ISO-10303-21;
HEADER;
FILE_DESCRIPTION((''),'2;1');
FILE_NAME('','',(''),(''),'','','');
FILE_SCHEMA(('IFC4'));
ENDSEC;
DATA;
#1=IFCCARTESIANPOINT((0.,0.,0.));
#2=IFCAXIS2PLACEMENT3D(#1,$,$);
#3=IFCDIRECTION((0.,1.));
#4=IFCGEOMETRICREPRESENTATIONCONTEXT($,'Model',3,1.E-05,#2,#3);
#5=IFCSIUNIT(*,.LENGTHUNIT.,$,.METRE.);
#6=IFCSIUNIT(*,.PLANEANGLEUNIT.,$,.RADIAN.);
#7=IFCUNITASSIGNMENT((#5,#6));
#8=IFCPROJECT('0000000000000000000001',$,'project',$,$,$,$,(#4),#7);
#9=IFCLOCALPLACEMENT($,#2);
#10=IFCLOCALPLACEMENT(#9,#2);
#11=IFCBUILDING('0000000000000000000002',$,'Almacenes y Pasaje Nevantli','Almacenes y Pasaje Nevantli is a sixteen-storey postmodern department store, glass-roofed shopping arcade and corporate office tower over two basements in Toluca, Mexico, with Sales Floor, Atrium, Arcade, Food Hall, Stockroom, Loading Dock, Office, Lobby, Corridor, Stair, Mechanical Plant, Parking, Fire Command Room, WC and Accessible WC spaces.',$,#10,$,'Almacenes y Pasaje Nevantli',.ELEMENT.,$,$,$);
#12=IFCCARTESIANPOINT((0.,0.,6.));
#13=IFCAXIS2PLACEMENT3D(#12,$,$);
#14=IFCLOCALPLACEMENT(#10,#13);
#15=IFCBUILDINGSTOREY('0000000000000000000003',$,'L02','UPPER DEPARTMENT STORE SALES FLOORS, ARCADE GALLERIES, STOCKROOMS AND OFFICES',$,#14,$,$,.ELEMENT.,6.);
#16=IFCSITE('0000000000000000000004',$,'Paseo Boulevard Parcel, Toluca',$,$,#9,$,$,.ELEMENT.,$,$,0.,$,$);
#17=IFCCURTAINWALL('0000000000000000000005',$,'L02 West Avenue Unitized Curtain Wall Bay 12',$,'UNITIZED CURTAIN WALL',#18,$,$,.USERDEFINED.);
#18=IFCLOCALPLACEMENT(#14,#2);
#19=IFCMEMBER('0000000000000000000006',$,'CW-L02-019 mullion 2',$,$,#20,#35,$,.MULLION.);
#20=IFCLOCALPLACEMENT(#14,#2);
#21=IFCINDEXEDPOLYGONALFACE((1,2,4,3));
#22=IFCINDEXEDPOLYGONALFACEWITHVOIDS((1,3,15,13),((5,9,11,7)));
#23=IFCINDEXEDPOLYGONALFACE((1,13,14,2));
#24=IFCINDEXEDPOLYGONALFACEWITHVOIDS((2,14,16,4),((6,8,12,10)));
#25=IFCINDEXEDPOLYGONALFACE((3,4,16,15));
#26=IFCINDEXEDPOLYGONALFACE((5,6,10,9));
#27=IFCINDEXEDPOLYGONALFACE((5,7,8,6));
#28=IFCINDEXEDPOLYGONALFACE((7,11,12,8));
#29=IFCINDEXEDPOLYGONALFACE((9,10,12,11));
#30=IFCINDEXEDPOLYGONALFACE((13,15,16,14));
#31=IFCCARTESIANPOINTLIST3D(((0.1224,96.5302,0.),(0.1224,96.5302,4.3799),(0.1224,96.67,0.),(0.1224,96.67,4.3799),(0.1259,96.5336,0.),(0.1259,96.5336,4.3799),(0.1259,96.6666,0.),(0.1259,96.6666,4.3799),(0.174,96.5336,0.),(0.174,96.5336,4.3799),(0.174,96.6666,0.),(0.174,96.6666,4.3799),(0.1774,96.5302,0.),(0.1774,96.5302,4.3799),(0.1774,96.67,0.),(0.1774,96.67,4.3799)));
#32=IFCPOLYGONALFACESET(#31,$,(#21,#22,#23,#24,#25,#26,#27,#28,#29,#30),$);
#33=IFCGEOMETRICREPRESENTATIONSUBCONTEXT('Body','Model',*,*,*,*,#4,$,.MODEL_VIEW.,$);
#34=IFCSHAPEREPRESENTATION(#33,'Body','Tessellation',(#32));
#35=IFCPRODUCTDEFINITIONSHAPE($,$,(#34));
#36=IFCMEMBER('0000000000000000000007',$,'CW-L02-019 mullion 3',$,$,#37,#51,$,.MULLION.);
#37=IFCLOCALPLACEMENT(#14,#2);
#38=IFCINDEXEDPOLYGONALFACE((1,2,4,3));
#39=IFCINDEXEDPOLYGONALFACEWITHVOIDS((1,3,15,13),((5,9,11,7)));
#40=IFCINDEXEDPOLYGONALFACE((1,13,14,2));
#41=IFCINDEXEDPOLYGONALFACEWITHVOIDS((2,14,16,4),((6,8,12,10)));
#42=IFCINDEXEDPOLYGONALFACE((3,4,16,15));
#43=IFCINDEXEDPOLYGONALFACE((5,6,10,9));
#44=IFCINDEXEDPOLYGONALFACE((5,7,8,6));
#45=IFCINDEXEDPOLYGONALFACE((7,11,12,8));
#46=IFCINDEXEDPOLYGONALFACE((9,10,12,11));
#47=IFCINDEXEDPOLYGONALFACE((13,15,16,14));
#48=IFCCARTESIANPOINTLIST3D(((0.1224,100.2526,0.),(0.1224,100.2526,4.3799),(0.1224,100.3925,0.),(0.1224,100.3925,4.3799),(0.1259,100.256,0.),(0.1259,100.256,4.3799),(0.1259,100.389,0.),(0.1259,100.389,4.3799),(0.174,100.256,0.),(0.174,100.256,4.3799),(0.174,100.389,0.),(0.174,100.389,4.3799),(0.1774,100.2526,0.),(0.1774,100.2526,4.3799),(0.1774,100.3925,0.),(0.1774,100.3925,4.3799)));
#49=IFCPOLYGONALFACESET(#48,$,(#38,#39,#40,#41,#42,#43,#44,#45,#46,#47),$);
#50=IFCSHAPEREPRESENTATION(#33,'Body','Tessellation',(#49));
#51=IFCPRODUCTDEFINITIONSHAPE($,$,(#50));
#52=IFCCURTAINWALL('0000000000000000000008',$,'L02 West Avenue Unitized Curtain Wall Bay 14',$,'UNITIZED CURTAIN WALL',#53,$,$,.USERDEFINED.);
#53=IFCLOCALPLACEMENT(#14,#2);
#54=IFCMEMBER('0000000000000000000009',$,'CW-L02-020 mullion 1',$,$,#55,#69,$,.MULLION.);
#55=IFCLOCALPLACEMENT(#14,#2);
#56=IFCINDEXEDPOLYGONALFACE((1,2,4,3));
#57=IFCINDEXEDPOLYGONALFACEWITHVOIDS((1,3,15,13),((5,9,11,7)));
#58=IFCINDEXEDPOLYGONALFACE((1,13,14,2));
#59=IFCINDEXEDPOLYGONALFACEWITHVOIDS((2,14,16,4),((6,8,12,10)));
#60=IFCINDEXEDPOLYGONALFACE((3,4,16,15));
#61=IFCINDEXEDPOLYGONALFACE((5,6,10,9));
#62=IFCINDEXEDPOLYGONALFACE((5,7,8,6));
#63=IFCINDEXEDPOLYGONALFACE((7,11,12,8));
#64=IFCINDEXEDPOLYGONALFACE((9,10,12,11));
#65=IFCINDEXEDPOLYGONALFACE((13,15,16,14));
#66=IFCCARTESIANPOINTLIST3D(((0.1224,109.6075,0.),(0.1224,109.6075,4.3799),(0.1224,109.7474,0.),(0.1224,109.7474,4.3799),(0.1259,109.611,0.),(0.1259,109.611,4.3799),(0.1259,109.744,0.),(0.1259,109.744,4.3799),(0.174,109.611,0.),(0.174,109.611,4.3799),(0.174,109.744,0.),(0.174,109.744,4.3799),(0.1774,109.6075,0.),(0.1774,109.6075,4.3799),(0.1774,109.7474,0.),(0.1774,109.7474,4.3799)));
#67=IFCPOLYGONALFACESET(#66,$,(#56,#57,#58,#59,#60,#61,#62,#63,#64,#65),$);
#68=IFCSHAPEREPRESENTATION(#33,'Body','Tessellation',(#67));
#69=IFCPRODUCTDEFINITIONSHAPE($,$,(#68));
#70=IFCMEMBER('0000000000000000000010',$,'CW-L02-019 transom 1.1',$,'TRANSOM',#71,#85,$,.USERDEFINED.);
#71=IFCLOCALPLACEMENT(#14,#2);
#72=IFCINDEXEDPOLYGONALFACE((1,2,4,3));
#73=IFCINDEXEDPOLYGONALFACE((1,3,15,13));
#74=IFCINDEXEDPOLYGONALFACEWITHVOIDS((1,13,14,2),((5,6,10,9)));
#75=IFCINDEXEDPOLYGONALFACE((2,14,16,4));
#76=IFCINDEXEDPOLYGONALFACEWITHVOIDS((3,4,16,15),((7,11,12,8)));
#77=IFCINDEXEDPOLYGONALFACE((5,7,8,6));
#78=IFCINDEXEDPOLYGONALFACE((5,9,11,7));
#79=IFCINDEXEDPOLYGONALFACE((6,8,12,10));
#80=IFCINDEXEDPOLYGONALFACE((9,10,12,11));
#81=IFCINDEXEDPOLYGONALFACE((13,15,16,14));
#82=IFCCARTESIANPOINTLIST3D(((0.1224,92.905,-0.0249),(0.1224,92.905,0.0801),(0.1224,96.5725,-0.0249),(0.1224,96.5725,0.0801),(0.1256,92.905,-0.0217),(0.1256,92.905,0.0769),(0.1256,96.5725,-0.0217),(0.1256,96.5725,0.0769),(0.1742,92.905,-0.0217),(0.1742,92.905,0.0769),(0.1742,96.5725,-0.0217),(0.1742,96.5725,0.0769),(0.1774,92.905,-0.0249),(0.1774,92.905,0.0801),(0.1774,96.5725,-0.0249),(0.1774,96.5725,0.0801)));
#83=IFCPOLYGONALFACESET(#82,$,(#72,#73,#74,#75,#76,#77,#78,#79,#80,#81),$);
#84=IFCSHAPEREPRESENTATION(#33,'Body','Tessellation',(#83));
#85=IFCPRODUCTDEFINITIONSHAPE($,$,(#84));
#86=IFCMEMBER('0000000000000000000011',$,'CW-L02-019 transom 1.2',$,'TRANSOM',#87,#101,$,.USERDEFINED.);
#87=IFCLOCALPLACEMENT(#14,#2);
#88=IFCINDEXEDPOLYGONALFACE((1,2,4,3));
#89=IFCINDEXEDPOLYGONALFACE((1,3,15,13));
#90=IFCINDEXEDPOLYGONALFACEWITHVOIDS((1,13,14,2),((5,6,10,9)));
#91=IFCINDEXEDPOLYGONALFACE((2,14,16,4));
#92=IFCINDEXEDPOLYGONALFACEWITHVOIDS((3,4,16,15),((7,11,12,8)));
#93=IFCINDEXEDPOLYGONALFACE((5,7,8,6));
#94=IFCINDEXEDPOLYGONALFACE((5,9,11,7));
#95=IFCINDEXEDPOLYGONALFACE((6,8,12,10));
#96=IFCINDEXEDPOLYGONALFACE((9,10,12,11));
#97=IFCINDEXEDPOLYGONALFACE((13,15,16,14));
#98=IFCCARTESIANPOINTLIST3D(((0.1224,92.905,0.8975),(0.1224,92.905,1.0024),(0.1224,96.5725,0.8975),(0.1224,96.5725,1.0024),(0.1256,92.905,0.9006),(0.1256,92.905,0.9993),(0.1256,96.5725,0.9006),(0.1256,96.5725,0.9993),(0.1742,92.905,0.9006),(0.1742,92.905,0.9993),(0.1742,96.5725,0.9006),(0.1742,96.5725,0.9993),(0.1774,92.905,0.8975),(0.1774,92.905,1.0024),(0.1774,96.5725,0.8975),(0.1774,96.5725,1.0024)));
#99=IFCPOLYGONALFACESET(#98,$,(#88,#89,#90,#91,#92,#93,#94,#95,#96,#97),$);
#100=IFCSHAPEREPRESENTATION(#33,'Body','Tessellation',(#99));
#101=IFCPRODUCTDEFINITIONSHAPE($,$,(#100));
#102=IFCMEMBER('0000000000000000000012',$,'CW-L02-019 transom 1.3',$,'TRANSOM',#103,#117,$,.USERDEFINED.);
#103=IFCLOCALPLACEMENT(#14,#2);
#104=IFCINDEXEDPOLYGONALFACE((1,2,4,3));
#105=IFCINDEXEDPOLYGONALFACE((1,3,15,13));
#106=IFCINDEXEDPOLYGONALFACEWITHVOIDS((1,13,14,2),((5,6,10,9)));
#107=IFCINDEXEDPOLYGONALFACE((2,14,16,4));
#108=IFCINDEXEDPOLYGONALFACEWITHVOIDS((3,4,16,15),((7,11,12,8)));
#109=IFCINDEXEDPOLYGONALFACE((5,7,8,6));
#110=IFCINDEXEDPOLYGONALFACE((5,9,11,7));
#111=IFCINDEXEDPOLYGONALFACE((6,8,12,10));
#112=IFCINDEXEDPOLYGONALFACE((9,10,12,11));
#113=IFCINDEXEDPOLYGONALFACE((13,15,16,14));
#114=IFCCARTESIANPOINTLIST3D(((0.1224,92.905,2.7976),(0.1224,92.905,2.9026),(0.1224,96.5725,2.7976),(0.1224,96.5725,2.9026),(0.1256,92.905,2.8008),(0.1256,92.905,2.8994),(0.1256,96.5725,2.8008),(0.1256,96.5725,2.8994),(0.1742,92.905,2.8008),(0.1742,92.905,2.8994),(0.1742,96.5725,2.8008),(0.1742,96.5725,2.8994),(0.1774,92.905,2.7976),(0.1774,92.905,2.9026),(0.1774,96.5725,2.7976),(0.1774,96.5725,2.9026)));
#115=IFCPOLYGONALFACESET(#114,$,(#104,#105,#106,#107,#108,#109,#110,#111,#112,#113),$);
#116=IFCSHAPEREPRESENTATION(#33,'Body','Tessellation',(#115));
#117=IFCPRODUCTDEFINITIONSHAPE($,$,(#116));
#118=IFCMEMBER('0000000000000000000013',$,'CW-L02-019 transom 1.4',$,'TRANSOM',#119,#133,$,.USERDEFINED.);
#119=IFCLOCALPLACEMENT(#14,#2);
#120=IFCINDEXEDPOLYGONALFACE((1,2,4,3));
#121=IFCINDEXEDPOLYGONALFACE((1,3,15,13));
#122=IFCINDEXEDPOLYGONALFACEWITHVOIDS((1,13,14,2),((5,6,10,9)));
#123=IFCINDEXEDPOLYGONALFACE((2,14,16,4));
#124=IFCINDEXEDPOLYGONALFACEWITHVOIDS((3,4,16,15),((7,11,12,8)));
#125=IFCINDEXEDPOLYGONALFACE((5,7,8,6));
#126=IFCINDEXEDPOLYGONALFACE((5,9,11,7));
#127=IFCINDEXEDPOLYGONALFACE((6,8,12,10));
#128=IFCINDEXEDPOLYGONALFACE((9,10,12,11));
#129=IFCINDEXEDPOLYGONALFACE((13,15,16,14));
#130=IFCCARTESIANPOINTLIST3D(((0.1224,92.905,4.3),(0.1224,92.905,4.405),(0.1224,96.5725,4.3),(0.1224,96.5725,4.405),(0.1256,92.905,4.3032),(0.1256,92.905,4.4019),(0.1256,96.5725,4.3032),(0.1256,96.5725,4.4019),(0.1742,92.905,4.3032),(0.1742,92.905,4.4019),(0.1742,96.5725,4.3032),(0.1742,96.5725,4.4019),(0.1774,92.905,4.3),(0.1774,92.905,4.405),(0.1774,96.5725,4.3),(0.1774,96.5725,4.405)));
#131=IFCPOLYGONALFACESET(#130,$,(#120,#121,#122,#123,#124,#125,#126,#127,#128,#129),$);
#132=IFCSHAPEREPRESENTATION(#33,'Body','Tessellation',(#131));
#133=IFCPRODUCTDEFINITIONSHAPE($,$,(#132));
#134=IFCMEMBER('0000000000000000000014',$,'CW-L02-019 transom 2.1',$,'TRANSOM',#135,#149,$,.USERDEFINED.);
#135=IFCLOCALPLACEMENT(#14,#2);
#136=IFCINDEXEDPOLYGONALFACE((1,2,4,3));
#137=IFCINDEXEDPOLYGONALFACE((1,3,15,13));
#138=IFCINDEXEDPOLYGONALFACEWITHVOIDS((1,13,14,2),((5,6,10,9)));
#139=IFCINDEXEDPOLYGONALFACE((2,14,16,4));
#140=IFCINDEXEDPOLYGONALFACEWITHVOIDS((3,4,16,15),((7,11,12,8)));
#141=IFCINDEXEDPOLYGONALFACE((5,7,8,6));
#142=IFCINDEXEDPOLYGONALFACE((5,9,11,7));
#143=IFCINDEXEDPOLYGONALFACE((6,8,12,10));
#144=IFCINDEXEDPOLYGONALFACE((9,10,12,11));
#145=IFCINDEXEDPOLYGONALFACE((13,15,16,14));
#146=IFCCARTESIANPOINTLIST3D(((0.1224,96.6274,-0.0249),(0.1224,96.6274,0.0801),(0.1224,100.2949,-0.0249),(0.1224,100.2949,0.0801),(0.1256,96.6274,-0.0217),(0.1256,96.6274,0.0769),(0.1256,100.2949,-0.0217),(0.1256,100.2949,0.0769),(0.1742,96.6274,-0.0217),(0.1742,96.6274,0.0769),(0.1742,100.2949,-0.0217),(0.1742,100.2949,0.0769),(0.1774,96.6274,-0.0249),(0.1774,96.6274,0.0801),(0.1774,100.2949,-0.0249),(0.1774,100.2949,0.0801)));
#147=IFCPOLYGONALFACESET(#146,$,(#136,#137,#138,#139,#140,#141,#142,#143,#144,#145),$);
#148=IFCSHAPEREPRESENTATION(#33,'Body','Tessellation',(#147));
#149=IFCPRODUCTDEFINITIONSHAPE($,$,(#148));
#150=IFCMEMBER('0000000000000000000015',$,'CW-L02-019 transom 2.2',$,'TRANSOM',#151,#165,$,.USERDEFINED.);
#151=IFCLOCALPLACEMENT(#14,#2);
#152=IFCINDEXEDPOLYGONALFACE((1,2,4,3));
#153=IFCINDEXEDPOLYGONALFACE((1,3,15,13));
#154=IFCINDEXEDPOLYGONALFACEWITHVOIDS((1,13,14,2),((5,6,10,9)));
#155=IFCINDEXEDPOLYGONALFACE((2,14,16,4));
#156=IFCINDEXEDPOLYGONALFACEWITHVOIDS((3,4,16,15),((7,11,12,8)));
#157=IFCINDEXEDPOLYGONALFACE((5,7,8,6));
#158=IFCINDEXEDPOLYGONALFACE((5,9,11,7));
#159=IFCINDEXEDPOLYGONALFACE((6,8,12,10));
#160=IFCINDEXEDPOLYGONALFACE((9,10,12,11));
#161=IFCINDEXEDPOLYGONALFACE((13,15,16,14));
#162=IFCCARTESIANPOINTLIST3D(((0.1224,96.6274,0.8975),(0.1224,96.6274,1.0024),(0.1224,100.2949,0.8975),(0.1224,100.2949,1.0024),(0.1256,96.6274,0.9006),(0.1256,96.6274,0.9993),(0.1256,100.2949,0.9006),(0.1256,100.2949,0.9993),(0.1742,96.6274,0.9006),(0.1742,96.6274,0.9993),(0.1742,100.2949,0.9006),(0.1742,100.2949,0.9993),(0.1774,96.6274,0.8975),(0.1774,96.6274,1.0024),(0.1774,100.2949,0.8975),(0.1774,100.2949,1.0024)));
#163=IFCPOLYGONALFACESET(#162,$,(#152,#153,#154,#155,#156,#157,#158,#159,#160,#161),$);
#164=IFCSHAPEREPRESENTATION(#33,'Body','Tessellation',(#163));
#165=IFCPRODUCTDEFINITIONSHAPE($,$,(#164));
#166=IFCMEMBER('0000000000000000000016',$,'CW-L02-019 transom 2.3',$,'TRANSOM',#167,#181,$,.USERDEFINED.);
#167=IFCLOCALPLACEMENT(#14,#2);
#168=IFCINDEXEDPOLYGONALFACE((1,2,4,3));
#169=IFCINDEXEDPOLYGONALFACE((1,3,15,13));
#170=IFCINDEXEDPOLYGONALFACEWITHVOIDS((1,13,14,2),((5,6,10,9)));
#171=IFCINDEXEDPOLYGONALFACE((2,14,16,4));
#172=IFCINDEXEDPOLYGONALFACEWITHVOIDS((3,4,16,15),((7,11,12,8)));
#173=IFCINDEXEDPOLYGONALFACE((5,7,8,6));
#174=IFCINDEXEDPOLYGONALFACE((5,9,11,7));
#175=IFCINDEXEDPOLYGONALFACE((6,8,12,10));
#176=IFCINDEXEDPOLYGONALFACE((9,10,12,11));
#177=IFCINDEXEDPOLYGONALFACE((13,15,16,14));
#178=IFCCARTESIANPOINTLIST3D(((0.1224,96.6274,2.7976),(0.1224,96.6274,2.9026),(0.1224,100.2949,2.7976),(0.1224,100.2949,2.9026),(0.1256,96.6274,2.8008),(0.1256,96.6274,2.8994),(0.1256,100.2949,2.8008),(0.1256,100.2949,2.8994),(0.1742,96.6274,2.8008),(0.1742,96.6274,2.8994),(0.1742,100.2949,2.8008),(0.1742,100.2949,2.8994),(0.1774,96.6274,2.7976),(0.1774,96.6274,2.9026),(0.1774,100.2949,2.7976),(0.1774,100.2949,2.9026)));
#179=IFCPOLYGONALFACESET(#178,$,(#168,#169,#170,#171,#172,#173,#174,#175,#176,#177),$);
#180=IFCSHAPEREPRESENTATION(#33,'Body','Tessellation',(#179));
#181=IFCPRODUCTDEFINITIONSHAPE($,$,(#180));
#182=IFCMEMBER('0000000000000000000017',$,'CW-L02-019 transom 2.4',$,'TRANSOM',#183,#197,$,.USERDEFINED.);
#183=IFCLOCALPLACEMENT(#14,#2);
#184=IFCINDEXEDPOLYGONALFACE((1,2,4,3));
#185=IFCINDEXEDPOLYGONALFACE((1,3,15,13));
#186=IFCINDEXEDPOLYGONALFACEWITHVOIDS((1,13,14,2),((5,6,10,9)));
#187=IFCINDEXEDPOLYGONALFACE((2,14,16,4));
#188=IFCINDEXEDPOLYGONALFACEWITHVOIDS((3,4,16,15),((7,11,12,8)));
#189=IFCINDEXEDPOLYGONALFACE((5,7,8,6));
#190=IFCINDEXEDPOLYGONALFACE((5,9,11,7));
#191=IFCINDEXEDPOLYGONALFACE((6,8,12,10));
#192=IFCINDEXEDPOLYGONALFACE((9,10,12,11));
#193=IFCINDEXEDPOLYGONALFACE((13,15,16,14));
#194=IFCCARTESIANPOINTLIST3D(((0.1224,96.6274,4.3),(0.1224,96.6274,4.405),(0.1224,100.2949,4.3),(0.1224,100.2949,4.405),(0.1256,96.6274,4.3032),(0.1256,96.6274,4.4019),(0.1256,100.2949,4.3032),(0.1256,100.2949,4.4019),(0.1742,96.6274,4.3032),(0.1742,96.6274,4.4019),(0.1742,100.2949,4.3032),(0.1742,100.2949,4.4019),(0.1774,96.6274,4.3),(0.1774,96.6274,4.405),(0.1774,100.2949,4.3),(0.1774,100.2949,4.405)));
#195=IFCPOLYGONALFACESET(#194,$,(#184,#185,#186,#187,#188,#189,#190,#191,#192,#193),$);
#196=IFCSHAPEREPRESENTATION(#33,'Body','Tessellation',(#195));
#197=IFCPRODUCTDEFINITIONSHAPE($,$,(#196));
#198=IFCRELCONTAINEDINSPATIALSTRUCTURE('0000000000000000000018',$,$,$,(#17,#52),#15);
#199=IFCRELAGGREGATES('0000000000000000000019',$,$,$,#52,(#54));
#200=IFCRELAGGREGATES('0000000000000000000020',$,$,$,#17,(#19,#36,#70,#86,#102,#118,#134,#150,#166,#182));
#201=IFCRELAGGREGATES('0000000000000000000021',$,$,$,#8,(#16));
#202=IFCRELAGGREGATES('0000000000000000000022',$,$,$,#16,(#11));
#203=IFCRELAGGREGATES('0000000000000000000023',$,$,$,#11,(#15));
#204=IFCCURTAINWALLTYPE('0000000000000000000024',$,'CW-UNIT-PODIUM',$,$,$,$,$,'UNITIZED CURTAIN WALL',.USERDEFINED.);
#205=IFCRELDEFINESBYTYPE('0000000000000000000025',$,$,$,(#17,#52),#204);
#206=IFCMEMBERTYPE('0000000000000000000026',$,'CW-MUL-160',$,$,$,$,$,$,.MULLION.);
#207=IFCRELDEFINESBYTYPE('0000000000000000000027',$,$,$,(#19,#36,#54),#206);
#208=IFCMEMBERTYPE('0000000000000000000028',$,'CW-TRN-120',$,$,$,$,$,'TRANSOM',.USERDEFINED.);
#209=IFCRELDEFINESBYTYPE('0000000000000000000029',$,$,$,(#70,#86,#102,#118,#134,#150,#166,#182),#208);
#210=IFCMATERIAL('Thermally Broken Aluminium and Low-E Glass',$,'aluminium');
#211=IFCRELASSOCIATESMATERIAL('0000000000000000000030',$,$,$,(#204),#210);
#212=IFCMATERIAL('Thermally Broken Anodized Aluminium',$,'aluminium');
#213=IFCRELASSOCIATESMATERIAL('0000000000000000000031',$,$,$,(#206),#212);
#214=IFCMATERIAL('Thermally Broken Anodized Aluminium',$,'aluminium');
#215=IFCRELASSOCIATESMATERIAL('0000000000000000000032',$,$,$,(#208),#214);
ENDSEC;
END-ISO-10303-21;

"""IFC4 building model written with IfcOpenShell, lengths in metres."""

from ifc_helpers import new_model, si_unit, direction, frame, origin, origin_2d, place, context, subcontext, project, spatial, hollow_rectangle, extrude, material, material_profile, profile_set, type_object, element, aggregate, save


model = new_model("IFC4")

# Units and contexts
model_context = context("Model", 3, precision=1e-05, world=origin(), true_north=direction((0.0, 1.0)))
body_context = subcontext(model_context, "Body", "Model", "MODEL_VIEW")
ifc_project = project(units=[si_unit("LENGTHUNIT", "METRE"), si_unit("PLANEANGLEUNIT", "RADIAN")], contexts=[model_context])

# Site, building, storey
site_placement = place(None, origin())
site = spatial("IfcSite", under=ifc_project, at=site_placement, Name="Paseo Boulevard Parcel, Toluca", CompositionType="ELEMENT", RefElevation=0.0)
building_placement = place(site_placement, origin())
building = spatial("IfcBuilding", under=site, at=building_placement, Name="Almacenes y Pasaje Nevantli", Description="Almacenes y Pasaje Nevantli is a sixteen-storey postmodern department store, glass-roofed shopping arcade and corporate office tower over two basements in Toluca, Mexico, with Sales Floor, Atrium, Arcade, Food Hall, Stockroom, Loading Dock, Office, Lobby, Corridor, Stair, Mechanical Plant, Parking, Fire Command Room, WC and Accessible WC spaces.", LongName="Almacenes y Pasaje Nevantli", CompositionType="ELEMENT")
storey_placement = place(building_placement, frame((0.0, 0.0, 6.0)))
storey = spatial("IfcBuildingStorey", under=building, at=storey_placement, Name="L02", Description="UPPER DEPARTMENT STORE SALES FLOORS, ARCADE GALLERIES, STOCKROOMS AND OFFICES", CompositionType="ELEMENT", Elevation=6.0)

# Curtain wall, members
ifc_material_1 = material(Name="Thermally Broken Aluminium and Low-E Glass", Category="aluminium")
curtain_wall_type = type_object("IfcCurtainWallType", Name="CW-UNIT-PODIUM", ElementType="UNITIZED CURTAIN WALL", PredefinedType="USERDEFINED", material=ifc_material_1)
curtain_wall_1_placement = place(storey_placement, origin())
curtain_wall_1 = element("IfcCurtainWall", 1, at=curtain_wall_1_placement, inside=storey, type_object=curtain_wall_type, Name="L02 West Avenue Unitized Curtain Wall Bay 12", ObjectType="UNITIZED CURTAIN WALL", PredefinedType="USERDEFINED")
ifc_material_2 = material(Name="Thermally Broken Anodized Aluminium", Category="aluminium")
ifc_material_profile_1 = material_profile(ifc_material_2, hollow_rectangle(XDim=0.0549, YDim=0.1399, WallThickness=0.0034, at=origin_2d()), Name="ALU-MUL-55x140")
ifc_profile_set_1 = profile_set([ifc_material_profile_1], Name="Thermally Broken Anodized Aluminium")
member_type_1 = type_object("IfcMemberType", Name="CW-MUL-160", PredefinedType="MULLION", material=ifc_profile_set_1)
member_1_placement = place(storey_placement, frame((0.1499, 96.6001, 0.0), z_axis=(0.0, 0.0, 1.0), x_axis=(-1.0, 0.0, 0.0)))
member_1 = element("IfcMember", 2, at=member_1_placement, type_object=member_type_1, Name="CW-L02-019 mullion 2", PredefinedType="MULLION", context=body_context, shape_type="SweptSolid", body=[
    extrude(hollow_rectangle(XDim=0.0549, YDim=0.1399, WallThickness=0.0034, at=origin_2d()), origin(), (0.0, 0.0, 1.0), 4.3799),
])
member_2_placement = place(storey_placement, frame((0.1499, 100.3225, 0.0), z_axis=(0.0, 0.0, 1.0), x_axis=(-1.0, 0.0, 0.0)))
member_2 = element("IfcMember", 3, at=member_2_placement, type_object=member_type_1, Name="CW-L02-019 mullion 3", PredefinedType="MULLION", context=body_context, shape_type="SweptSolid", body=[
    extrude(hollow_rectangle(XDim=0.0549, YDim=0.1399, WallThickness=0.0034, at=origin_2d()), origin(), (0.0, 0.0, 1.0), 4.3799),
])

# Curtain wall, member
curtain_wall_2_placement = place(storey_placement, origin())
curtain_wall_2 = element("IfcCurtainWall", 4, at=curtain_wall_2_placement, inside=storey, type_object=curtain_wall_type, Name="L02 West Avenue Unitized Curtain Wall Bay 14", ObjectType="UNITIZED CURTAIN WALL", PredefinedType="USERDEFINED")
member_3_placement = place(storey_placement, frame((0.1499, 109.6775, 0.0), z_axis=(0.0, 0.0, 1.0), x_axis=(-1.0, 0.0, 0.0)))
member_3 = element("IfcMember", 5, at=member_3_placement, type_object=member_type_1, Name="CW-L02-020 mullion 1", PredefinedType="MULLION", context=body_context, shape_type="SweptSolid", body=[
    extrude(hollow_rectangle(XDim=0.0549, YDim=0.1399, WallThickness=0.0034, at=origin_2d()), origin(), (0.0, 0.0, 1.0), 4.3799),
])

# Members
ifc_material_3 = material(Name="Thermally Broken Anodized Aluminium", Category="aluminium")
ifc_material_profile_2 = material_profile(ifc_material_3, hollow_rectangle(XDim=0.0549, YDim=0.105, WallThickness=0.0032, at=origin_2d()), Name="ALU-TRN-55x105")
ifc_profile_set_2 = profile_set([ifc_material_profile_2], Name="Thermally Broken Anodized Aluminium")
member_type_2 = type_object("IfcMemberType", Name="CW-TRN-120", ElementType="TRANSOM", PredefinedType="USERDEFINED", material=ifc_profile_set_2)
member_4_placement = place(storey_placement, frame((0.1499, 92.905, 0.0276), z_axis=(0.0, 1.0, 0.0), x_axis=(-1.0, 0.0, 0.0)))
member_4 = element("IfcMember", 6, at=member_4_placement, type_object=member_type_2, Name="CW-L02-019 transom 1.1", ObjectType="TRANSOM", PredefinedType="USERDEFINED", context=body_context, shape_type="SweptSolid", body=[
    extrude(hollow_rectangle(XDim=0.0549, YDim=0.105, WallThickness=0.0032, at=origin_2d()), origin(), (0.0, 0.0, 1.0), 3.6675),
])
member_5_placement = place(storey_placement, frame((0.1499, 92.905, 0.95), z_axis=(0.0, 1.0, 0.0), x_axis=(-1.0, 0.0, 0.0)))
member_5 = element("IfcMember", 7, at=member_5_placement, type_object=member_type_2, Name="CW-L02-019 transom 1.2", ObjectType="TRANSOM", PredefinedType="USERDEFINED", context=body_context, shape_type="SweptSolid", body=[
    extrude(hollow_rectangle(XDim=0.0549, YDim=0.105, WallThickness=0.0032, at=origin_2d()), origin(), (0.0, 0.0, 1.0), 3.6675),
])
member_6_placement = place(storey_placement, frame((0.1499, 92.905, 2.8501), z_axis=(0.0, 1.0, 0.0), x_axis=(-1.0, 0.0, 0.0)))
member_6 = element("IfcMember", 8, at=member_6_placement, type_object=member_type_2, Name="CW-L02-019 transom 1.3", ObjectType="TRANSOM", PredefinedType="USERDEFINED", context=body_context, shape_type="SweptSolid", body=[
    extrude(hollow_rectangle(XDim=0.0549, YDim=0.105, WallThickness=0.0032, at=origin_2d()), origin(), (0.0, 0.0, 1.0), 3.6675),
])
member_7_placement = place(storey_placement, frame((0.1499, 92.905, 4.3525), z_axis=(0.0, 1.0, 0.0), x_axis=(-1.0, 0.0, 0.0)))
member_7 = element("IfcMember", 9, at=member_7_placement, type_object=member_type_2, Name="CW-L02-019 transom 1.4", ObjectType="TRANSOM", PredefinedType="USERDEFINED", context=body_context, shape_type="SweptSolid", body=[
    extrude(hollow_rectangle(XDim=0.0549, YDim=0.105, WallThickness=0.0032, at=origin_2d()), origin(), (0.0, 0.0, 1.0), 3.6675),
])
member_8_placement = place(storey_placement, frame((0.1499, 96.6274, 0.0276), z_axis=(0.0, 1.0, 0.0), x_axis=(-1.0, 0.0, 0.0)))
member_8 = element("IfcMember", 10, at=member_8_placement, type_object=member_type_2, Name="CW-L02-019 transom 2.1", ObjectType="TRANSOM", PredefinedType="USERDEFINED", context=body_context, shape_type="SweptSolid", body=[
    extrude(hollow_rectangle(XDim=0.0549, YDim=0.105, WallThickness=0.0032, at=origin_2d()), origin(), (0.0, 0.0, 1.0), 3.6675),
])
member_9_placement = place(storey_placement, frame((0.1499, 96.6274, 0.95), z_axis=(0.0, 1.0, 0.0), x_axis=(-1.0, 0.0, 0.0)))
member_9 = element("IfcMember", 11, at=member_9_placement, type_object=member_type_2, Name="CW-L02-019 transom 2.2", ObjectType="TRANSOM", PredefinedType="USERDEFINED", context=body_context, shape_type="SweptSolid", body=[
    extrude(hollow_rectangle(XDim=0.0549, YDim=0.105, WallThickness=0.0032, at=origin_2d()), origin(), (0.0, 0.0, 1.0), 3.6675),
])
member_10_placement = place(storey_placement, frame((0.1499, 96.6274, 2.8501), z_axis=(0.0, 1.0, 0.0), x_axis=(-1.0, 0.0, 0.0)))
member_10 = element("IfcMember", 12, at=member_10_placement, type_object=member_type_2, Name="CW-L02-019 transom 2.3", ObjectType="TRANSOM", PredefinedType="USERDEFINED", context=body_context, shape_type="SweptSolid", body=[
    extrude(hollow_rectangle(XDim=0.0549, YDim=0.105, WallThickness=0.0032, at=origin_2d()), origin(), (0.0, 0.0, 1.0), 3.6675),
])
member_11_placement = place(storey_placement, frame((0.1499, 96.6274, 4.3525), z_axis=(0.0, 1.0, 0.0), x_axis=(-1.0, 0.0, 0.0)))
member_11 = element("IfcMember", 13, at=member_11_placement, type_object=member_type_2, Name="CW-L02-019 transom 2.4", ObjectType="TRANSOM", PredefinedType="USERDEFINED", context=body_context, shape_type="SweptSolid", body=[
    extrude(hollow_rectangle(XDim=0.0549, YDim=0.105, WallThickness=0.0032, at=origin_2d()), origin(), (0.0, 0.0, 1.0), 3.6675),
])
aggregate(curtain_wall_2, [member_3])

aggregate(curtain_wall_1, [member_1, member_2, member_4, member_5, member_6, member_7, member_8, member_9, member_10, member_11])

save(model, "model.ifc")
